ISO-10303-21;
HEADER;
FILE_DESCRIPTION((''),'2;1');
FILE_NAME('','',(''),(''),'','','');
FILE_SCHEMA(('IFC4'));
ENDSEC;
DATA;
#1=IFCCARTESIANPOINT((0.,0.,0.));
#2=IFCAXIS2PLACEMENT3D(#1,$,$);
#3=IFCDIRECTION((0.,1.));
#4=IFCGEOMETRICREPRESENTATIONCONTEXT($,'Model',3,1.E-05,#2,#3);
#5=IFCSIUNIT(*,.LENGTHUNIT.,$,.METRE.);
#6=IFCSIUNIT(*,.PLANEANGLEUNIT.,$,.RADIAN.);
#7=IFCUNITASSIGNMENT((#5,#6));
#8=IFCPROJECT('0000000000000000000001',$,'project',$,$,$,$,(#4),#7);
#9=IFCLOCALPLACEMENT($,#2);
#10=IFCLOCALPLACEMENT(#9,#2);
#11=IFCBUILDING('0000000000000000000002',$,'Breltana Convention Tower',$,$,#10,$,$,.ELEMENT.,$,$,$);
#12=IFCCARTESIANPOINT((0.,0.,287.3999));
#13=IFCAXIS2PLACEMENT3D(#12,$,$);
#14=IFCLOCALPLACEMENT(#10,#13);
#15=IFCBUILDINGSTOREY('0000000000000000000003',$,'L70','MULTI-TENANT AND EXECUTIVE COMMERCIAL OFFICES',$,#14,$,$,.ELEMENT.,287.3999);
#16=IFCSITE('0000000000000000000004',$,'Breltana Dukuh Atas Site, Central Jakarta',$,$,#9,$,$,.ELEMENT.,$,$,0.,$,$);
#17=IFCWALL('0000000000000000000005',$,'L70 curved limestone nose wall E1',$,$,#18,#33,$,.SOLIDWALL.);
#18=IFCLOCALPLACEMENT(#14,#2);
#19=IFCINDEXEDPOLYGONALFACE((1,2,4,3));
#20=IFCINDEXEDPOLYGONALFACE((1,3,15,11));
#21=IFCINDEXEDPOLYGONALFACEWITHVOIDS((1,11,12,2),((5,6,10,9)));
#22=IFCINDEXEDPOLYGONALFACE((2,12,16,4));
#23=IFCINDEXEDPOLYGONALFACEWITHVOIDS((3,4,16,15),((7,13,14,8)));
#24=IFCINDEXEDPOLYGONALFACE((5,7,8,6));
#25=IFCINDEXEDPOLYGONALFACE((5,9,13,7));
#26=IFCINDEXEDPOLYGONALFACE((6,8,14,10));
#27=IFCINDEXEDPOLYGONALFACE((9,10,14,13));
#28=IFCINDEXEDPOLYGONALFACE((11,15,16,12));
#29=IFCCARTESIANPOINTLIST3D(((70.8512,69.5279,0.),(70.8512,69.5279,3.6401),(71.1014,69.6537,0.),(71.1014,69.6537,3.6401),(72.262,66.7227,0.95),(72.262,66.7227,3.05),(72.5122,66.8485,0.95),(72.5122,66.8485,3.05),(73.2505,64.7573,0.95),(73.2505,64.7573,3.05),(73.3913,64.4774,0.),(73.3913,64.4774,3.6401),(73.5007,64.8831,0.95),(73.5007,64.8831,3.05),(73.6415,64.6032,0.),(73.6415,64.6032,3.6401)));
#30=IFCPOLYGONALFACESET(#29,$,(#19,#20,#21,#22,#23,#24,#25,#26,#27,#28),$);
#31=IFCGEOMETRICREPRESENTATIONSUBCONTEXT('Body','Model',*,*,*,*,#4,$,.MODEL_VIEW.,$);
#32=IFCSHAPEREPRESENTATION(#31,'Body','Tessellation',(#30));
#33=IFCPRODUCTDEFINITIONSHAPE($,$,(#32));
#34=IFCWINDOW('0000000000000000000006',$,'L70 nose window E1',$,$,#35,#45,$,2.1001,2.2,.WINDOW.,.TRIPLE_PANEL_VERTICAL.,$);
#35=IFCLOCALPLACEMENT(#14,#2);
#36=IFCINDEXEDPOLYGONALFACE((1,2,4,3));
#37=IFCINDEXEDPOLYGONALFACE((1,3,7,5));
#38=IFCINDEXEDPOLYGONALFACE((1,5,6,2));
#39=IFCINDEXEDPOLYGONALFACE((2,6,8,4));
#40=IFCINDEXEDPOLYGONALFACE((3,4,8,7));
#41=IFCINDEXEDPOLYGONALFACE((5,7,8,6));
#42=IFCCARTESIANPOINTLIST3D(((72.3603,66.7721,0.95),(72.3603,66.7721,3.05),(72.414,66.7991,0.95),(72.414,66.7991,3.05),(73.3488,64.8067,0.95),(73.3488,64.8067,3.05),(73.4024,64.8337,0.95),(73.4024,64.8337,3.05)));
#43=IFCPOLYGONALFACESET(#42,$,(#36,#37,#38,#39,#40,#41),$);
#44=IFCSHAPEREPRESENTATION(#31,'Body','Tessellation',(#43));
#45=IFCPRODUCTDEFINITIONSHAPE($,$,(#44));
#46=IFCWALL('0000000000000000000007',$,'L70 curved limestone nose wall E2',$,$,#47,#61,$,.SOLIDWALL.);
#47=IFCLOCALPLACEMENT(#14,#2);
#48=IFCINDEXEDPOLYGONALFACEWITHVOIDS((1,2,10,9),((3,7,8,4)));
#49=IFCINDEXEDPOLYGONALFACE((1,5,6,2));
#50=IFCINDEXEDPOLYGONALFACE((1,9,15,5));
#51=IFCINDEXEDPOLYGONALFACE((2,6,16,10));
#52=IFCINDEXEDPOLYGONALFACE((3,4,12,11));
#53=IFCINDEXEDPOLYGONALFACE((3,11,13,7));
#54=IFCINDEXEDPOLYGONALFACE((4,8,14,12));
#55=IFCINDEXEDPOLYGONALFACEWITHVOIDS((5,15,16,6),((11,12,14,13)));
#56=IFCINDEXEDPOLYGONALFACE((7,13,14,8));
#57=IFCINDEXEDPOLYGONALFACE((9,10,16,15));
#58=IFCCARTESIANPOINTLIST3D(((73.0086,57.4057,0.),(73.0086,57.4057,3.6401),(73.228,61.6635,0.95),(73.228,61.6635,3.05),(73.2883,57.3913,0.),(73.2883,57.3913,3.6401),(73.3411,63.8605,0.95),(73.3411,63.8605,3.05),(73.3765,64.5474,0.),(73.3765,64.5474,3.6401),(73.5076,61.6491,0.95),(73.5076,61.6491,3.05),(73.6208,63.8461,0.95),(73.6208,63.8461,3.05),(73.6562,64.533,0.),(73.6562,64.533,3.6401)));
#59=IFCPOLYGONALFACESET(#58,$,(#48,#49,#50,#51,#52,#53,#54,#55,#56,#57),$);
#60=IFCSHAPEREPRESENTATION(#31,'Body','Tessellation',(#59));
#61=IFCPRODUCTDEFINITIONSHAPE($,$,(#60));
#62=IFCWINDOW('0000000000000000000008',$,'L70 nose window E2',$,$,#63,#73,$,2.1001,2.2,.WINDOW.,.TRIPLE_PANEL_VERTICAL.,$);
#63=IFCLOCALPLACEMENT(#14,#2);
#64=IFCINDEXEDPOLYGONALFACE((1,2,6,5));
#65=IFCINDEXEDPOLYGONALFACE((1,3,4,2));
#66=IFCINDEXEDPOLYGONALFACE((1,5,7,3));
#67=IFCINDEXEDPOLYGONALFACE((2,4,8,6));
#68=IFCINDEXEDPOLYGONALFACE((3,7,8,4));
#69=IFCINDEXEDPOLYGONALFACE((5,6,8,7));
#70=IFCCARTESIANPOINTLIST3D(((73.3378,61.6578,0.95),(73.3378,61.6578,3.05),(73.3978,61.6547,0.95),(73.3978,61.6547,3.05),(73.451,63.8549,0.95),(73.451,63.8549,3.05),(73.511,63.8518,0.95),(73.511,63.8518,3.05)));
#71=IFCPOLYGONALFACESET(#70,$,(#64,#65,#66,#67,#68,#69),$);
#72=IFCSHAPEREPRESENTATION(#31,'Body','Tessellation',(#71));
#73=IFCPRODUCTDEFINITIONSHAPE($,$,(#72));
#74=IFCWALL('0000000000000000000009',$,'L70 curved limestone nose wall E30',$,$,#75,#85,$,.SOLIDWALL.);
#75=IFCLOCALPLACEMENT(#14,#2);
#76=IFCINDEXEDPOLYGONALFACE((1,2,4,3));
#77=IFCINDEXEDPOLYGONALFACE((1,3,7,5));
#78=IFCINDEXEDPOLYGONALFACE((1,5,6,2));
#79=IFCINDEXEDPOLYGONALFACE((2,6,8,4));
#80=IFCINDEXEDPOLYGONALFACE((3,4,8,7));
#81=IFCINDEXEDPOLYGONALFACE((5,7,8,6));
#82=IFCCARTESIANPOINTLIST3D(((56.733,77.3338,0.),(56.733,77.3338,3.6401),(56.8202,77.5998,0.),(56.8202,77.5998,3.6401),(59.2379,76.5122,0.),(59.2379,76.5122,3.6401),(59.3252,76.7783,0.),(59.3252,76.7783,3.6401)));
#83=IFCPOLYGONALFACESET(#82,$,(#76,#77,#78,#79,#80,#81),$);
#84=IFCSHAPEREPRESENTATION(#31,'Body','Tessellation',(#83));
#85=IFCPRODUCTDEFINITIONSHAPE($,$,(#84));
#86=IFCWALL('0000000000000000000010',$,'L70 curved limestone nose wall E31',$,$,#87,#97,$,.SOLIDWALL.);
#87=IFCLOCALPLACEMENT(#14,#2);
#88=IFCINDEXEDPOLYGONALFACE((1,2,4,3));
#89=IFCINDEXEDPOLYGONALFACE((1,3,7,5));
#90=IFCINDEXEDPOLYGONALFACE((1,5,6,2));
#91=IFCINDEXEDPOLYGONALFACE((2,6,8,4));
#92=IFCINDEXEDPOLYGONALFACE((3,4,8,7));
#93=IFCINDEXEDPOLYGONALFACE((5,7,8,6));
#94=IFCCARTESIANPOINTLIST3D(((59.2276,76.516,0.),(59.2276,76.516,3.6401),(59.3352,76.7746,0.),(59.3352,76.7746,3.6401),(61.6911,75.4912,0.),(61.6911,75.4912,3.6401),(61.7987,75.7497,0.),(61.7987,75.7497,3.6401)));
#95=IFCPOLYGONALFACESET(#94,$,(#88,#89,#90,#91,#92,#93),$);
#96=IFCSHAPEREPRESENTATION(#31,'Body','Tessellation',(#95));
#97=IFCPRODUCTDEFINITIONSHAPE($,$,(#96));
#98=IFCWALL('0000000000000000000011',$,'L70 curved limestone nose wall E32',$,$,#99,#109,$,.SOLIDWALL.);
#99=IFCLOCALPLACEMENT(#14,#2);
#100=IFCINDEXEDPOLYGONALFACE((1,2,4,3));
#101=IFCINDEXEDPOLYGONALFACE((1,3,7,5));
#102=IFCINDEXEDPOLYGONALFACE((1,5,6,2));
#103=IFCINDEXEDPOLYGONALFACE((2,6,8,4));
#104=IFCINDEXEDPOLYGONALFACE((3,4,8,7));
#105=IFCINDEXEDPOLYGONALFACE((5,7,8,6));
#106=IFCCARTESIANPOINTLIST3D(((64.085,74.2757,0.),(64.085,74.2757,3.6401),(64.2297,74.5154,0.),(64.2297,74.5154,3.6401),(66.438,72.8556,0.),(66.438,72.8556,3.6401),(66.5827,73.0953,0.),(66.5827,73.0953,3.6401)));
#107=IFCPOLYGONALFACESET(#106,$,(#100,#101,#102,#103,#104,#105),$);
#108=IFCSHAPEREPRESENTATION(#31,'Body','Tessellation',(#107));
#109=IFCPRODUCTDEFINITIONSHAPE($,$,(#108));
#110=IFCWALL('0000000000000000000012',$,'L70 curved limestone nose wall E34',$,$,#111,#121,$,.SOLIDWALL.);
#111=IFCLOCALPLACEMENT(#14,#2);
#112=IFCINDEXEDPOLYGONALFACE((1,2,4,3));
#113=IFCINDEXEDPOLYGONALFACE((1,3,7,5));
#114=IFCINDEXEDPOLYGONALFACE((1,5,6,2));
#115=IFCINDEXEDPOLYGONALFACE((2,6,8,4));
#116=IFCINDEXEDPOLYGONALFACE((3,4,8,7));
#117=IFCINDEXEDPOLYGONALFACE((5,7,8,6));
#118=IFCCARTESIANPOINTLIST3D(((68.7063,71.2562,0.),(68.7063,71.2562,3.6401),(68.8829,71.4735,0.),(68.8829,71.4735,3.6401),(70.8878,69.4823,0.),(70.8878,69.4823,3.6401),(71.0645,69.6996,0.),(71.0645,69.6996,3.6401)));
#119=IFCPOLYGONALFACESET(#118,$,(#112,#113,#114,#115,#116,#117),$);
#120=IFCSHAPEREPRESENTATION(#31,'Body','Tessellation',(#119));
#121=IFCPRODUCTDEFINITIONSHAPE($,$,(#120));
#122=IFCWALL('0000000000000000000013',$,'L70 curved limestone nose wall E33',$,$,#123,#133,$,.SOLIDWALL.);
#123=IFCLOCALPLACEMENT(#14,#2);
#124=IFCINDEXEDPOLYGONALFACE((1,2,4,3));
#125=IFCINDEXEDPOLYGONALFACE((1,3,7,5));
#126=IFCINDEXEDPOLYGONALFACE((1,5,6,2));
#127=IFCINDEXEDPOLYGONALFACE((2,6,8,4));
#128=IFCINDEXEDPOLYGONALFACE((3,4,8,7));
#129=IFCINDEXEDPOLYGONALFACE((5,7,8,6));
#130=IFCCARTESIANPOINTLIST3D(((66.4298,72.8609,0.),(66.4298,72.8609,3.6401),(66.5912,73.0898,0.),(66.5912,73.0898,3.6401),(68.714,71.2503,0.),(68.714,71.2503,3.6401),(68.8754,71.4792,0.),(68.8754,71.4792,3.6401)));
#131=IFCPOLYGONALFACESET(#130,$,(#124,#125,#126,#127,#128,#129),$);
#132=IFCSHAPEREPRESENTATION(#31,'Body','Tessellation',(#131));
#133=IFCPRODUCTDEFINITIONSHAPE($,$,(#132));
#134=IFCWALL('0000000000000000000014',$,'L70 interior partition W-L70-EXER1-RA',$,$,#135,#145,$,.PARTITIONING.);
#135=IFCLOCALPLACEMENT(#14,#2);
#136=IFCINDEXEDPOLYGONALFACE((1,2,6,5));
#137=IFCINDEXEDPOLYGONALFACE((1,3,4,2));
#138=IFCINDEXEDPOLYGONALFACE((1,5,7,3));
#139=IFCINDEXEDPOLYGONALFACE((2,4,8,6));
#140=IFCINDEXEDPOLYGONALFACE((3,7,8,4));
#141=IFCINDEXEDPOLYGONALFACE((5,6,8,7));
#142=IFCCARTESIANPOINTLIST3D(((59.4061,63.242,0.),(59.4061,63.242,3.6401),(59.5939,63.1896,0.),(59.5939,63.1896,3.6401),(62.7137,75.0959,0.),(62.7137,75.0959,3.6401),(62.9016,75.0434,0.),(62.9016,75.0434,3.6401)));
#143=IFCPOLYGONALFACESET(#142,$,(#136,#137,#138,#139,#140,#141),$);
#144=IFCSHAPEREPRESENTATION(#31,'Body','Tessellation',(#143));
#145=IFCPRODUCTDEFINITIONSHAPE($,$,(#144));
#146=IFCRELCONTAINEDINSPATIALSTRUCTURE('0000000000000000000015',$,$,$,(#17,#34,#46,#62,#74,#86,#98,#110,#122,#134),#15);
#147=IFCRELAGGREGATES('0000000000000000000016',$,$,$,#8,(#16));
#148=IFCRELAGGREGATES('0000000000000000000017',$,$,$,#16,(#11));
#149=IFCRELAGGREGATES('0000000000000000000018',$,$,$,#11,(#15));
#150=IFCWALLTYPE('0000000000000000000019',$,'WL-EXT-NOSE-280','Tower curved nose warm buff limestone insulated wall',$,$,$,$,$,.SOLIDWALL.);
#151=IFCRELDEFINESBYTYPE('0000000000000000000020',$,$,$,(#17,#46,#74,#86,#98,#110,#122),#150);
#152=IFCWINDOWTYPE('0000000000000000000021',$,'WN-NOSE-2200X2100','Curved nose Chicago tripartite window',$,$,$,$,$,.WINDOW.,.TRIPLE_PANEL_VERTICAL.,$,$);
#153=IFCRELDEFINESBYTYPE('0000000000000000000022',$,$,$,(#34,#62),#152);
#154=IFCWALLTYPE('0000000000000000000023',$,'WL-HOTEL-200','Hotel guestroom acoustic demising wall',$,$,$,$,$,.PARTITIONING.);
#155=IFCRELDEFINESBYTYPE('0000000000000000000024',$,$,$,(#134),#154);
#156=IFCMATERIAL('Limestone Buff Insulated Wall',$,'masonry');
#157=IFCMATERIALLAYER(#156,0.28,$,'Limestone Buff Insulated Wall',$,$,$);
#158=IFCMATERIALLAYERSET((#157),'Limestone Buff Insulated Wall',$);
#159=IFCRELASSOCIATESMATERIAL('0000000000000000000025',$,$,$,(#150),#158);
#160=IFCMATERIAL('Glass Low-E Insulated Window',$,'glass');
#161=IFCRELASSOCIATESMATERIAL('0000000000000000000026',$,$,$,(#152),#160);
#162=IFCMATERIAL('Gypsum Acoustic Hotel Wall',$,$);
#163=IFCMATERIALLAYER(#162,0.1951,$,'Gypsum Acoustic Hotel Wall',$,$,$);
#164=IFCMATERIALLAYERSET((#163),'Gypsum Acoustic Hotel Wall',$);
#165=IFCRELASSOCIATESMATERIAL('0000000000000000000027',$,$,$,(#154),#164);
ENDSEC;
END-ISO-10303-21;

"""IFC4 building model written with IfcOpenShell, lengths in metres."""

from ifc_helpers import new_model, si_unit, direction, frame, frame_2d, origin, place, context, subcontext, project, spatial, rectangle, extrude, source, transform, mapped, material, layer, layer_set, type_object, type_shapes, element, fill, save


model = new_model("IFC4")

# Units and contexts
model_context = context("Model", 3, precision=1e-05, world=origin(), true_north=direction((0.0, 1.0)))
body_context = subcontext(model_context, "Body", "Model", "MODEL_VIEW")
ifc_project = project(units=[si_unit("LENGTHUNIT", "METRE"), si_unit("PLANEANGLEUNIT", "RADIAN")], contexts=[model_context])

# Site, building, storey
site_placement = place(None, origin())
site = spatial("IfcSite", under=ifc_project, at=site_placement, Name="Breltana Dukuh Atas Site, Central Jakarta", CompositionType="ELEMENT", RefElevation=0.0)
building_placement = place(site_placement, origin())
building = spatial("IfcBuilding", under=site, at=building_placement, Name="Breltana Convention Tower", CompositionType="ELEMENT")
storey_placement = place(building_placement, frame((0.0, 0.0, 287.3999)))
storey = spatial("IfcBuildingStorey", under=building, at=storey_placement, Name="L70", Description="MULTI-TENANT AND EXECUTIVE COMMERCIAL OFFICES", CompositionType="ELEMENT", Elevation=287.3999)

# Walls, openings, windows
ifc_material_1 = material(Name="Limestone Buff Insulated Wall", Category="masonry")
ifc_layer_1 = layer(ifc_material_1, 0.28, Name="Limestone Buff Insulated Wall")
ifc_layer_set_1 = layer_set([ifc_layer_1], Name="Limestone Buff Insulated Wall")
wall_type_1 = type_object("IfcWallType", Name="WL-EXT-NOSE-280", Description="Tower curved nose warm buff limestone insulated wall", PredefinedType="SOLIDWALL", material=ifc_layer_set_1)
shared_shape_1 = source(origin(), body_context, "Body", "SweptSolid", [
    extrude(rectangle(XDim=5.6533, YDim=0.28, at=frame_2d((2.8267, 0.0))), origin(), (0.0, 0.0, 1.0), 3.6401),
])
wall_1_placement = place(storey_placement, frame((70.9763, 69.5908, 0.0), z_axis=(0.0, 0.0, 1.0), x_axis=(0.449303, -0.89338, 0.0)))
wall_1 = element("IfcWall", 1, at=wall_1_placement, inside=storey, type_object=wall_type_1, Name="L70 curved limestone nose wall E1", PredefinedType="SOLIDWALL", context=body_context, shape_type="MappedRepresentation", body=[
    mapped(shared_shape_1, transform((0.0, 0.0, 0.0), scale=1.0)),
])
opening_1_placement = place(wall_1_placement, frame((3.1399, 0.0, 0.95)))
opening_1 = element("IfcOpeningElement", 2, at=opening_1_placement, cuts=wall_1, PredefinedType="OPENING", context=body_context, shape_type="SweptSolid", body=[
    extrude(rectangle(XDim=2.2, YDim=2.1001, at=frame_2d((1.1001, 1.05))), frame((0.0, 0.1499, 0.0), z_axis=(0.0, -1.0, 0.0), x_axis=(1.0, 0.0, 0.0)), (0.0, 0.0, 1.0), 0.3),
])
ifc_material_2 = material(Name="Glass Low-E Insulated Window", Category="glass")
window_type = type_object("IfcWindowType", Name="WN-NOSE-2200X2100", Description="Curved nose Chicago tripartite window", PartitioningType="TRIPLE_PANEL_VERTICAL", PredefinedType="WINDOW", material=ifc_material_2)
shared_shape_2 = source(origin(), body_context, "Body", "SweptSolid", [
    extrude(rectangle(XDim=2.2, YDim=2.1001, at=frame_2d((1.1001, 1.05))), frame((0.0, 0.03, 0.0), z_axis=(0.0, -1.0, 0.0), x_axis=(1.0, 0.0, 0.0)), (0.0, 0.0, 1.0), 0.0601),
])
type_shapes(window_type, [shared_shape_2])
window_1_placement = place(opening_1_placement, origin())
window_1 = element("IfcWindow", 3, at=window_1_placement, inside=storey, type_object=window_type, Name="L70 nose window E1", OverallHeight=2.1001, OverallWidth=2.2, PartitioningType="TRIPLE_PANEL_VERTICAL", PredefinedType="WINDOW", context=body_context, shape_type="MappedRepresentation", body=[
    mapped(shared_shape_2, transform((0.0, 0.0, 0.0), scale=1.0)),
])
fill(opening_1, window_1)
shared_shape_3 = source(origin(), body_context, "Body", "SweptSolid", [
    extrude(rectangle(XDim=7.1511, YDim=0.28, at=frame_2d((3.5757, 0.0))), origin(), (0.0, 0.0, 1.0), 3.6401),
])
wall_2_placement = place(storey_placement, frame((73.5164, 64.5403, 0.0), z_axis=(0.0, 0.0, 1.0), x_axis=(-0.05145, -0.998676, 0.0)))
wall_2 = element("IfcWall", 4, at=wall_2_placement, inside=storey, type_object=wall_type_1, Name="L70 curved limestone nose wall E2", PredefinedType="SOLIDWALL", context=body_context, shape_type="MappedRepresentation", body=[
    mapped(shared_shape_3, transform((0.0, 0.0, 0.0), scale=1.0)),
])
opening_2_placement = place(wall_2_placement, frame((0.6877, 0.0, 0.95)))
opening_2 = element("IfcOpeningElement", 5, at=opening_2_placement, cuts=wall_2, PredefinedType="OPENING", context=body_context, shape_type="SweptSolid", body=[
    extrude(rectangle(XDim=2.2, YDim=2.1001, at=frame_2d((1.1001, 1.05))), frame((0.0, 0.1499, 0.0), z_axis=(0.0, -1.0, 0.0), x_axis=(1.0, 0.0, 0.0)), (0.0, 0.0, 1.0), 0.3),
])
window_2_placement = place(opening_2_placement, origin())
window_2 = element("IfcWindow", 6, at=window_2_placement, inside=storey, type_object=window_type, Name="L70 nose window E2", OverallHeight=2.1001, OverallWidth=2.2, PartitioningType="TRIPLE_PANEL_VERTICAL", PredefinedType="WINDOW", context=body_context, shape_type="MappedRepresentation", body=[
    mapped(shared_shape_2, transform((0.0, 0.0, 0.0), scale=1.0)),
])
fill(opening_2, window_2)

# Walls
shared_shape_4 = source(origin(), body_context, "Body", "SweptSolid", [
    extrude(rectangle(XDim=2.6362, YDim=0.28, at=frame_2d((1.3181, 0.0))), origin(), (0.0, 0.0, 1.0), 3.6401),
])
wall_3_placement = place(storey_placement, frame((56.7766, 77.4668, 0.0), z_axis=(0.0, 0.0, 1.0), x_axis=(0.9502, -0.31164, 0.0)))
element("IfcWall", 7, at=wall_3_placement, inside=storey, type_object=wall_type_1, Name="L70 curved limestone nose wall E30", PredefinedType="SOLIDWALL", context=body_context, shape_type="MappedRepresentation", body=[
    mapped(shared_shape_4, transform((0.0, 0.0, 0.0), scale=1.0)),
])
shared_shape_5 = source(origin(), body_context, "Body", "SweptSolid", [
    extrude(rectangle(XDim=2.6682, YDim=0.28, at=frame_2d((1.334, 0.0))), origin(), (0.0, 0.0, 1.0), 3.6401),
])
wall_4_placement = place(storey_placement, frame((59.2815, 76.6453, 0.0), z_axis=(0.0, 0.0, 1.0), x_axis=(0.923291, -0.384102, 0.0)))
element("IfcWall", 8, at=wall_4_placement, inside=storey, type_object=wall_type_1, Name="L70 curved limestone nose wall E31", PredefinedType="SOLIDWALL", context=body_context, shape_type="MappedRepresentation", body=[
    mapped(shared_shape_5, transform((0.0, 0.0, 0.0), scale=1.0)),
])
shared_shape_6 = source(origin(), body_context, "Body", "SweptSolid", [
    extrude(rectangle(XDim=2.7483, YDim=0.28, at=frame_2d((1.374, 0.0))), origin(), (0.0, 0.0, 1.0), 3.6401),
])
wall_5_placement = place(storey_placement, frame((64.1575, 74.3955, 0.0), z_axis=(0.0, 0.0, 1.0), x_axis=(0.85615, -0.516728, 0.0)))
element("IfcWall", 9, at=wall_5_placement, inside=storey, type_object=wall_type_1, Name="L70 curved limestone nose wall E32", PredefinedType="SOLIDWALL", context=body_context, shape_type="MappedRepresentation", body=[
    mapped(shared_shape_6, transform((0.0, 0.0, 0.0), scale=1.0)),
])
shared_shape_7 = source(origin(), body_context, "Body", "SweptSolid", [
    extrude(rectangle(XDim=2.8118, YDim=0.28, at=frame_2d((1.4058, 0.0))), origin(), (0.0, 0.0, 1.0), 3.6401),
])
wall_6_placement = place(storey_placement, frame((68.7947, 71.3647, 0.0), z_axis=(0.0, 0.0, 1.0), x_axis=(0.77588, -0.63088, 0.0)))
element("IfcWall", 10, at=wall_6_placement, inside=storey, type_object=wall_type_1, Name="L70 curved limestone nose wall E34", PredefinedType="SOLIDWALL", context=body_context, shape_type="MappedRepresentation", body=[
    mapped(shared_shape_7, transform((0.0, 0.0, 0.0), scale=1.0)),
])
shared_shape_8 = source(origin(), body_context, "Body", "SweptSolid", [
    extrude(rectangle(XDim=2.7949, YDim=0.28, at=frame_2d((1.3975, 0.0))), origin(), (0.0, 0.0, 1.0), 3.6401),
])
wall_7_placement = place(storey_placement, frame((66.5105, 72.9753, 0.0), z_axis=(0.0, 0.0, 1.0), x_axis=(0.817266, -0.576261, 0.0)))
element("IfcWall", 11, at=wall_7_placement, inside=storey, type_object=wall_type_1, Name="L70 curved limestone nose wall E33", PredefinedType="SOLIDWALL", context=body_context, shape_type="MappedRepresentation", body=[
    mapped(shared_shape_8, transform((0.0, 0.0, 0.0), scale=1.0)),
])
ifc_material_3 = material(Name="Gypsum Acoustic Hotel Wall")
ifc_layer_2 = layer(ifc_material_3, 0.1951, Name="Gypsum Acoustic Hotel Wall")
ifc_layer_set_2 = layer_set([ifc_layer_2], Name="Gypsum Acoustic Hotel Wall")
wall_type_2 = type_object("IfcWallType", Name="WL-HOTEL-200", Description="Hotel guestroom acoustic demising wall", PredefinedType="PARTITIONING", material=ifc_layer_set_2)
shared_shape_9 = source(origin(), body_context, "Body", "SweptSolid", [
    extrude(rectangle(XDim=12.3066, YDim=0.1951, at=frame_2d((6.1533, 0.0))), origin(), (0.0, 0.0, 1.0), 3.6401),
])
wall_8_placement = place(storey_placement, frame((59.5, 63.2158, 0.0), z_axis=(0.0, 0.0, 1.0), x_axis=(0.268768, 0.963205, 0.0)))
element("IfcWall", 12, at=wall_8_placement, inside=storey, type_object=wall_type_2, Name="L70 interior partition W-L70-EXER1-RA", PredefinedType="PARTITIONING", context=body_context, shape_type="MappedRepresentation", body=[
    mapped(shared_shape_9, transform((0.0, 0.0, 0.0), scale=1.0)),
])

save(model, "model.ifc")
